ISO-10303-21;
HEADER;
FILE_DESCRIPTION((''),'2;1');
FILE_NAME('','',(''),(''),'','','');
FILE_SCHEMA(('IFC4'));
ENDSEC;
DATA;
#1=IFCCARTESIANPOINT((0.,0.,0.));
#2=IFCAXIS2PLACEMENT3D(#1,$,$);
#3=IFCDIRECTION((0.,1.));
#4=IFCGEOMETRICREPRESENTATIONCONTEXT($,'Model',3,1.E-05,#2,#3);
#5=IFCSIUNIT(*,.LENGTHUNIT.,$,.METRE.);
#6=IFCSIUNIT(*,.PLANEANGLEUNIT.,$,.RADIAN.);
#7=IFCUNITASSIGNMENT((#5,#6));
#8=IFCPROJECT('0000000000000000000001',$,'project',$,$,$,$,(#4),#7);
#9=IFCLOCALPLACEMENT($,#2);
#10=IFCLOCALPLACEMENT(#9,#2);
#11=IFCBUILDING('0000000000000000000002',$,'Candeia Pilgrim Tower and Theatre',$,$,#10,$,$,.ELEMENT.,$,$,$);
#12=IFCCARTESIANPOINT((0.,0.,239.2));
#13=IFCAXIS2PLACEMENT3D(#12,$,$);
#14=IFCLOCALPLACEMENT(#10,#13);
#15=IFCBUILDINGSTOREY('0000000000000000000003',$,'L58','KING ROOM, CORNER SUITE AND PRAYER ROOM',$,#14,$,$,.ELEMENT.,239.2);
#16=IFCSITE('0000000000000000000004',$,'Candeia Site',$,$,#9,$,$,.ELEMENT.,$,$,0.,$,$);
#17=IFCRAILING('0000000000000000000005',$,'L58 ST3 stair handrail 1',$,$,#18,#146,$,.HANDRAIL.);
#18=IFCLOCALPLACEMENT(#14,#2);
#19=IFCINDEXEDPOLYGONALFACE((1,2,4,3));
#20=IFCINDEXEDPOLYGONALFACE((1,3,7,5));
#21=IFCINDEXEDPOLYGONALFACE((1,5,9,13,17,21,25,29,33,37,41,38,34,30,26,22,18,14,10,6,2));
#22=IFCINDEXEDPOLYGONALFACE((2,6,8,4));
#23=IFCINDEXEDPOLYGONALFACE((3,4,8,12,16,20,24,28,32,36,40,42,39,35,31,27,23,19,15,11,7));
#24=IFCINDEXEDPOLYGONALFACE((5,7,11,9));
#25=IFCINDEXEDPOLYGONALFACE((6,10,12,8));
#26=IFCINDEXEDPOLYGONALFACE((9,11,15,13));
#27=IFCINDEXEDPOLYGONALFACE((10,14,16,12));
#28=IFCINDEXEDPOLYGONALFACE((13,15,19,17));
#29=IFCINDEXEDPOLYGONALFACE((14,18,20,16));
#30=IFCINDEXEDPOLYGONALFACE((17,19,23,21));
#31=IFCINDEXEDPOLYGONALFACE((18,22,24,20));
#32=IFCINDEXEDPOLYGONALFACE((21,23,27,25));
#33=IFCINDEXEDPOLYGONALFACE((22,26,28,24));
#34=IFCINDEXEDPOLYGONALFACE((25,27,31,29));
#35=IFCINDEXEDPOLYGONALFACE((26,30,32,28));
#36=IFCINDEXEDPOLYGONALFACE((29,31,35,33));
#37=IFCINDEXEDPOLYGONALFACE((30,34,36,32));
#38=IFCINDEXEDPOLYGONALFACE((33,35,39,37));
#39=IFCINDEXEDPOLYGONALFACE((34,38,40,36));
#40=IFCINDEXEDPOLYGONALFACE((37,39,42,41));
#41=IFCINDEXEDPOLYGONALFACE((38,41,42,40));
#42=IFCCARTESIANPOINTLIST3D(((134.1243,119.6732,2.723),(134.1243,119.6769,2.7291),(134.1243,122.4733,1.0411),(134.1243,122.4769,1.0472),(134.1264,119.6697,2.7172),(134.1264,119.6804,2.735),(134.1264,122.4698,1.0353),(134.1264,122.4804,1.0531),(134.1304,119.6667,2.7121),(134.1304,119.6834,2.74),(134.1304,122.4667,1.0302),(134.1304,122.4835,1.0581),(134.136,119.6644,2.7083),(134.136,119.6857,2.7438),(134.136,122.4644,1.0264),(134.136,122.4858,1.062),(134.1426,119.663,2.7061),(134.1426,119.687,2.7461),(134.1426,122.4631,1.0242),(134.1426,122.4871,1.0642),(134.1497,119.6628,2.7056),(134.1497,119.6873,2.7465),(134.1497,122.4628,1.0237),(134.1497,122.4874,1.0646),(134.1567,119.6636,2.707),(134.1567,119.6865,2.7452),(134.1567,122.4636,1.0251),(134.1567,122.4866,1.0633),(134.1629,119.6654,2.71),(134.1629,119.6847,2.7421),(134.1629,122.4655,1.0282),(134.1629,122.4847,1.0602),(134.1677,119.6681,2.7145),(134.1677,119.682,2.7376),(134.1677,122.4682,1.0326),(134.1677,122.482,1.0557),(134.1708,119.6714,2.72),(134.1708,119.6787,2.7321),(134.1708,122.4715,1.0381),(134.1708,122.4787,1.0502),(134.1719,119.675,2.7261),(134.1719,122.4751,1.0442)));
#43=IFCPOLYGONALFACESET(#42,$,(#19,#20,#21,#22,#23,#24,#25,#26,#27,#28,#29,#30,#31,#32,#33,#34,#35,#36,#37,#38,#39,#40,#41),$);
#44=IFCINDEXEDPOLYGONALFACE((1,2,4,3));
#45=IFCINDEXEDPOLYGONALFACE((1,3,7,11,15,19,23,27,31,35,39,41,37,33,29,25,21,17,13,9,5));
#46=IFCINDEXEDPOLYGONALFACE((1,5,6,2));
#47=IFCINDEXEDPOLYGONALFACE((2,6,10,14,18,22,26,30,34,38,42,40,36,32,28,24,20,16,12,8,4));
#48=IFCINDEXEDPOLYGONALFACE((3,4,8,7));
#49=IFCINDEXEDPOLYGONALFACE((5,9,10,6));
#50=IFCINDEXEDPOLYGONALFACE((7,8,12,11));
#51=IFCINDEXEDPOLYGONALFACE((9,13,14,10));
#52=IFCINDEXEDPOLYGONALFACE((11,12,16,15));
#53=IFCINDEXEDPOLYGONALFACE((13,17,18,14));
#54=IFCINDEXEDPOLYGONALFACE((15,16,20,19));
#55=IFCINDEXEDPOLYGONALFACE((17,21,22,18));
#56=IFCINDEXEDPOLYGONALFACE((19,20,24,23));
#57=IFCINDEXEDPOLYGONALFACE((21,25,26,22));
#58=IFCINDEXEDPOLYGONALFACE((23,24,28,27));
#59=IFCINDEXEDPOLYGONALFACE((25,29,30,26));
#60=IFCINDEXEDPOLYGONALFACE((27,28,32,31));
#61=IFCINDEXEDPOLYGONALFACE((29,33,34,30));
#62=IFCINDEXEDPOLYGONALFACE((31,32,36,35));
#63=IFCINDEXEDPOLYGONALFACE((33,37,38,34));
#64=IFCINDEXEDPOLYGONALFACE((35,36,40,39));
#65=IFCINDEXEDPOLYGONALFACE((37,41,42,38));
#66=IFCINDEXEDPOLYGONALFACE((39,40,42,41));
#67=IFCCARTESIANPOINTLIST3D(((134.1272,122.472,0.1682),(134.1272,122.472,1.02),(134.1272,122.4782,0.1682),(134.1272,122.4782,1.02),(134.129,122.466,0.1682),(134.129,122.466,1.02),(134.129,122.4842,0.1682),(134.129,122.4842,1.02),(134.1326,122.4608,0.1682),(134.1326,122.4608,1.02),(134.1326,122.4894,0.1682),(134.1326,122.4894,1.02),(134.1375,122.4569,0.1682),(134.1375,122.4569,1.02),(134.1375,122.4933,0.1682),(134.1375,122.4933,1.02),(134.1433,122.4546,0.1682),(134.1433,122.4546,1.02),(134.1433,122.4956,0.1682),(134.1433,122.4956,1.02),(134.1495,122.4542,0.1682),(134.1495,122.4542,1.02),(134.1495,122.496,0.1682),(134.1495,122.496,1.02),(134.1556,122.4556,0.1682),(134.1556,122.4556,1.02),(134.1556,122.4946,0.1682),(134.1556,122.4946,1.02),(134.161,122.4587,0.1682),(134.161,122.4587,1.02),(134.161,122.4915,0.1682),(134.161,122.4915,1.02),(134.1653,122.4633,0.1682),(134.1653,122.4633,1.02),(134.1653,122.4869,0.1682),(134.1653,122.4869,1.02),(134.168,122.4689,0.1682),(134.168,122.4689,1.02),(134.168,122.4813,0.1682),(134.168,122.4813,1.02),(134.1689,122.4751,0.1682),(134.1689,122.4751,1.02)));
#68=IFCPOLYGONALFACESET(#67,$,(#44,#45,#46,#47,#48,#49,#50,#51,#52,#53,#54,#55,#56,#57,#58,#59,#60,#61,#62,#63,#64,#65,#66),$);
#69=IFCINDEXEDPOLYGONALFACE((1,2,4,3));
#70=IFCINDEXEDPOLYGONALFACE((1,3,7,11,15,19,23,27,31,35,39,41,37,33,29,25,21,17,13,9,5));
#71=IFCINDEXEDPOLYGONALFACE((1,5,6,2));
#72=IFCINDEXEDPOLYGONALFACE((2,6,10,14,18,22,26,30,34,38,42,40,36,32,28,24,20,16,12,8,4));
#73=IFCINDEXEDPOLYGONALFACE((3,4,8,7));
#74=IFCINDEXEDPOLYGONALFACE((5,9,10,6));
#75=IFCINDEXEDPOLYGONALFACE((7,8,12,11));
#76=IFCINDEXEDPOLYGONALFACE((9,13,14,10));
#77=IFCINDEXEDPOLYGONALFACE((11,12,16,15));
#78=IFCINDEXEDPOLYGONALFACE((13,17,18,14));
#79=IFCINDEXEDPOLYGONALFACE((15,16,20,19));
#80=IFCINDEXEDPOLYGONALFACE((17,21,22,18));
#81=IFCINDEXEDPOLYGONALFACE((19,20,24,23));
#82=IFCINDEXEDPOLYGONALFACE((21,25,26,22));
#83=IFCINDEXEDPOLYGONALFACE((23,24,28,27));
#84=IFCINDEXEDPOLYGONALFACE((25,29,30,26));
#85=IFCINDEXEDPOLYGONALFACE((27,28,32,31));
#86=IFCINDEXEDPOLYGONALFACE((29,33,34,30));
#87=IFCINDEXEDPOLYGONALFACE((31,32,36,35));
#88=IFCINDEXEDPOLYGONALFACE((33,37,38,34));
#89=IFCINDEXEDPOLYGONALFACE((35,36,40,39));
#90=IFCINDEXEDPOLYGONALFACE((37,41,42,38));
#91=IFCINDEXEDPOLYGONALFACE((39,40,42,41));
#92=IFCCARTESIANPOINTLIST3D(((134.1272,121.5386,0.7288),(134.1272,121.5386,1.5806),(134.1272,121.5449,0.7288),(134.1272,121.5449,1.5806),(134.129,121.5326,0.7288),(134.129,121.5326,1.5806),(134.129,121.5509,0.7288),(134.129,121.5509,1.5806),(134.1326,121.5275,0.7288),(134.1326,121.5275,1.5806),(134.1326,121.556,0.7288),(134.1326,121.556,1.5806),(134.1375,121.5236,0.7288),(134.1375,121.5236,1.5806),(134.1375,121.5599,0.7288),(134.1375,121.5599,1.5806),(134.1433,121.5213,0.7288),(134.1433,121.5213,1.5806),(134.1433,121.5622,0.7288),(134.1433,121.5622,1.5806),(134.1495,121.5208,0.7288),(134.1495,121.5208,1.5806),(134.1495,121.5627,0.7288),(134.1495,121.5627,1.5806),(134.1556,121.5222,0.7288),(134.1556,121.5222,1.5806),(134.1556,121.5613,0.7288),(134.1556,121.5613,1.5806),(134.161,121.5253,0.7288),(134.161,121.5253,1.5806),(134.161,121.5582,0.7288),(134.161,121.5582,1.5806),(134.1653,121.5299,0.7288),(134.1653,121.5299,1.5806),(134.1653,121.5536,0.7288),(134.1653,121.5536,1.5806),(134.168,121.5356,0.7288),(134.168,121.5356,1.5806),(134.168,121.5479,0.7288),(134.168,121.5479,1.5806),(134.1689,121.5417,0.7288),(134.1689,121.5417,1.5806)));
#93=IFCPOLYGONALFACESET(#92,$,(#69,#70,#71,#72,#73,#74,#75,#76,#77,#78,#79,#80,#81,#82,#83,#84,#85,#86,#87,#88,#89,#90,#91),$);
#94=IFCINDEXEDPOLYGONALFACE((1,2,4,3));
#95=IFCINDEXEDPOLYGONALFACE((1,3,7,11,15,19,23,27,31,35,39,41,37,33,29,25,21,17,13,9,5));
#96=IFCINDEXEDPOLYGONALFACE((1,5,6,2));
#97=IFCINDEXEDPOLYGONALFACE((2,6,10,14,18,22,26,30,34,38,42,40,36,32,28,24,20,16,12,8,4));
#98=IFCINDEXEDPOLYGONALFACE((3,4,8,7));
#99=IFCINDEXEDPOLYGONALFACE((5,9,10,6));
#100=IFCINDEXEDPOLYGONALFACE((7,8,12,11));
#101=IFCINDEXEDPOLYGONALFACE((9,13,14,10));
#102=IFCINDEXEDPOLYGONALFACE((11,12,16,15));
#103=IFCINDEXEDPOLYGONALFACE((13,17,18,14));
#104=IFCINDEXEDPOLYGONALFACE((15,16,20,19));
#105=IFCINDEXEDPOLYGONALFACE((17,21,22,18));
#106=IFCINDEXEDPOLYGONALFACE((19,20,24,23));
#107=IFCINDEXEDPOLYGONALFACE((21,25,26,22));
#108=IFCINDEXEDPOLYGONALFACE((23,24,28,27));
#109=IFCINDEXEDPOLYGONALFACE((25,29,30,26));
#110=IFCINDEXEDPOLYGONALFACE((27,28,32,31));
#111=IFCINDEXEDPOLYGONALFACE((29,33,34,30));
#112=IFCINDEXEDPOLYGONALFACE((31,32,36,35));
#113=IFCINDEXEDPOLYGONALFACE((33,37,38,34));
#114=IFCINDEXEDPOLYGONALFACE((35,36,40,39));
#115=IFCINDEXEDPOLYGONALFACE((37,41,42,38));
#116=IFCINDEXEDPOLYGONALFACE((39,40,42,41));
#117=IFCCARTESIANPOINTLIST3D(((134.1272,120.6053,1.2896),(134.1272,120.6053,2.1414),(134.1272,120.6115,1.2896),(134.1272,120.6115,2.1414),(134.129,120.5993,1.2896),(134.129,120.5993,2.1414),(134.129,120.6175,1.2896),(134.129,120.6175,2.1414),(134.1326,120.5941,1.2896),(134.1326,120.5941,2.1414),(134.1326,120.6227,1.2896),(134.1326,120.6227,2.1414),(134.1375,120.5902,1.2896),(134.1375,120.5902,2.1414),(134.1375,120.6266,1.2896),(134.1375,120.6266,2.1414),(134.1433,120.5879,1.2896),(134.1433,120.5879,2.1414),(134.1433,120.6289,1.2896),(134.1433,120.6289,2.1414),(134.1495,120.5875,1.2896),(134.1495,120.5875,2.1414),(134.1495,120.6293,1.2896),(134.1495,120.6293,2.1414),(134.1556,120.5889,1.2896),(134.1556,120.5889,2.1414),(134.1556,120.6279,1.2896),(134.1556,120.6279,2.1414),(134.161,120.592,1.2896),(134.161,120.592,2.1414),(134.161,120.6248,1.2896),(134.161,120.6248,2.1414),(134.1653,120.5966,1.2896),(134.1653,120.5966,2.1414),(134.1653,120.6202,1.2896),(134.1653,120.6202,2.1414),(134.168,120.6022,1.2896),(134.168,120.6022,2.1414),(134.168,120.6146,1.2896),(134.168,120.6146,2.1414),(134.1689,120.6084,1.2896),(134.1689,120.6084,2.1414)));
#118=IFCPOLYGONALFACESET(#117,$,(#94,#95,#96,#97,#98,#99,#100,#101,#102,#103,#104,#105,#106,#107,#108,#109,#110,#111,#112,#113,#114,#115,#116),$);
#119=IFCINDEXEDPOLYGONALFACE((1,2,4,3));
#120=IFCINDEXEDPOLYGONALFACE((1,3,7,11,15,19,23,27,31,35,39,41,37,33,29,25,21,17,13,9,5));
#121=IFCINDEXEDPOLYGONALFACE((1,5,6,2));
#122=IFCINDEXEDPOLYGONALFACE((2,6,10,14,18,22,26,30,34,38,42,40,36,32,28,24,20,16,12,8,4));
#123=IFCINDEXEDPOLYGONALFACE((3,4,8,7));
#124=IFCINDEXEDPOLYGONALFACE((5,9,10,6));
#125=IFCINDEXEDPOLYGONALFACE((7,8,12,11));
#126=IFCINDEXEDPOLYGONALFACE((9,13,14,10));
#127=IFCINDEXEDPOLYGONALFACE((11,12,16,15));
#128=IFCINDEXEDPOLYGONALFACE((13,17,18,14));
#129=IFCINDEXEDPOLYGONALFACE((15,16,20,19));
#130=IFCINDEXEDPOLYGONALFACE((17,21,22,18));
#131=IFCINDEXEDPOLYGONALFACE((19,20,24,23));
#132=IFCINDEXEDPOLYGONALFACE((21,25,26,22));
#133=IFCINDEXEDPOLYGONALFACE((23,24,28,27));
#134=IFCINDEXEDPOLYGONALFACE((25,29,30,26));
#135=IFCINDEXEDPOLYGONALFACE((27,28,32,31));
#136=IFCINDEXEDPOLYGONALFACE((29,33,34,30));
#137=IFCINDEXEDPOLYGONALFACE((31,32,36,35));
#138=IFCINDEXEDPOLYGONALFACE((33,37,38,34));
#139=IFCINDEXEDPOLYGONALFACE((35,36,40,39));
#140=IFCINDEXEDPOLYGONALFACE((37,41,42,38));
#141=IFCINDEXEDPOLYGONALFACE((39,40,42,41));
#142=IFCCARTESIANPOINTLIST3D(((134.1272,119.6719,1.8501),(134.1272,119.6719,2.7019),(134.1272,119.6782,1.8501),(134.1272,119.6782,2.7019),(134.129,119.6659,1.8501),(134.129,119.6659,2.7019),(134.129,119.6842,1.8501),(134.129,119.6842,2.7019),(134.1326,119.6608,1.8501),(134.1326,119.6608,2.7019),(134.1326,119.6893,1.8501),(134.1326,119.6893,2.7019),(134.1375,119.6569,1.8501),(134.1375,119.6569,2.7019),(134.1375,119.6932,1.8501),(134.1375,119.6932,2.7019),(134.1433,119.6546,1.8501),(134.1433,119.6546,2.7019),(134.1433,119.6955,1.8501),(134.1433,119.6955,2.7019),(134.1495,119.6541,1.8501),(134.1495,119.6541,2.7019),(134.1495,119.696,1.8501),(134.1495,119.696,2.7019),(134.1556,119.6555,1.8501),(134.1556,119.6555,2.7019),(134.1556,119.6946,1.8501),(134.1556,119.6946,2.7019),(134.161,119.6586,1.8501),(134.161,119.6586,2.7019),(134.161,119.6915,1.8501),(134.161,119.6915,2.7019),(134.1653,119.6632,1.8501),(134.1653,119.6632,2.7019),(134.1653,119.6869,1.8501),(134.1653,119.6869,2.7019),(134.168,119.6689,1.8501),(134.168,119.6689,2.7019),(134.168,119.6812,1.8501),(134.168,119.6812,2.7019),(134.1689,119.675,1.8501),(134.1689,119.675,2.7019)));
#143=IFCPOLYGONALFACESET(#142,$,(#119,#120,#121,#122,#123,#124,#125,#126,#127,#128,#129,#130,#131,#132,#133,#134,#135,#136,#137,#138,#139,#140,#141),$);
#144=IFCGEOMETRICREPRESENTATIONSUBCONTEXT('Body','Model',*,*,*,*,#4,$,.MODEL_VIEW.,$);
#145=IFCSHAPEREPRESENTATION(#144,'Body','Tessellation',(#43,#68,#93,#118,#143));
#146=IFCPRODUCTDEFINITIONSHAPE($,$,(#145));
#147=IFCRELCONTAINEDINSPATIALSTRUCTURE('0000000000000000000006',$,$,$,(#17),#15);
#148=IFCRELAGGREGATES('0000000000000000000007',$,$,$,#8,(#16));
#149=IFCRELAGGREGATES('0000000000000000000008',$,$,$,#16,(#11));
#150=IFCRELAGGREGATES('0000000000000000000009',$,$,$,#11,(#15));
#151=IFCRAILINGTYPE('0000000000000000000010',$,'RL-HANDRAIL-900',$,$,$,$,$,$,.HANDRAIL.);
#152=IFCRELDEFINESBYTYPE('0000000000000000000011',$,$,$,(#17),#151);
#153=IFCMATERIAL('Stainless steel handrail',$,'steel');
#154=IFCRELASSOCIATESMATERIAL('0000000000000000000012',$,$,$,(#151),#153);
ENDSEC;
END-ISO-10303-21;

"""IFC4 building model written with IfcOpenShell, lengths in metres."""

from ifc_helpers import new_model, si_unit, direction, frame, origin, origin_2d, place, context, subcontext, project, spatial, circle, extrude, material, type_object, element, save


model = new_model("IFC4")

# Units and contexts
model_context = context("Model", 3, precision=1e-05, world=origin(), true_north=direction((0.0, 1.0)))
body_context = subcontext(model_context, "Body", "Model", "MODEL_VIEW")
ifc_project = project(units=[si_unit("LENGTHUNIT", "METRE"), si_unit("PLANEANGLEUNIT", "RADIAN")], contexts=[model_context])

# Site, building, storey
site_placement = place(None, origin())
site = spatial("IfcSite", under=ifc_project, at=site_placement, Name="Candeia Site", CompositionType="ELEMENT", RefElevation=0.0)
building_placement = place(site_placement, origin())
building = spatial("IfcBuilding", under=site, at=building_placement, Name="Candeia Pilgrim Tower and Theatre", CompositionType="ELEMENT")
storey_placement = place(building_placement, frame((0.0, 0.0, 239.2)))
storey = spatial("IfcBuildingStorey", under=building, at=storey_placement, Name="L58", Description="KING ROOM, CORNER SUITE AND PRAYER ROOM", CompositionType="ELEMENT", Elevation=239.2)

# Railing
ifc_material_1 = material(Name="Stainless steel handrail", Category="steel")
railing_type_1 = type_object("IfcRailingType", Name="RL-HANDRAIL-900", PredefinedType="HANDRAIL", material=ifc_material_1)
railing_1_placement = place(storey_placement, frame((134.1479, 122.4751, 0.1682)))
element("IfcRailing", 1, at=railing_1_placement, inside=storey, type_object=railing_type_1, Name="L58 ST3 stair handrail 1", PredefinedType="HANDRAIL", context=body_context, shape_type="SweptSolid", body=[
    extrude(circle(Radius=0.0239, at=origin_2d()), frame((0.0, 0.0, 0.876), z_axis=(0.0, -0.857242, 0.514913), x_axis=(1.0, 0.0, 0.0)), (0.0, 0.0, 1.0), 3.2664),
    extrude(circle(Radius=0.021, at=origin_2d()), origin(), (0.0, 0.0, 1.0), 0.8518),
    extrude(circle(Radius=0.021, at=origin_2d()), frame((0.0, -0.9333, 0.5605)), (0.0, 0.0, 1.0), 0.8518),
    extrude(circle(Radius=0.021, at=origin_2d()), frame((0.0, -1.8667, 1.1213)), (0.0, 0.0, 1.0), 0.8518),
    extrude(circle(Radius=0.021, at=origin_2d()), frame((0.0, -2.8, 1.6819)), (0.0, 0.0, 1.0), 0.8518),
])

save(model, "model.ifc")
